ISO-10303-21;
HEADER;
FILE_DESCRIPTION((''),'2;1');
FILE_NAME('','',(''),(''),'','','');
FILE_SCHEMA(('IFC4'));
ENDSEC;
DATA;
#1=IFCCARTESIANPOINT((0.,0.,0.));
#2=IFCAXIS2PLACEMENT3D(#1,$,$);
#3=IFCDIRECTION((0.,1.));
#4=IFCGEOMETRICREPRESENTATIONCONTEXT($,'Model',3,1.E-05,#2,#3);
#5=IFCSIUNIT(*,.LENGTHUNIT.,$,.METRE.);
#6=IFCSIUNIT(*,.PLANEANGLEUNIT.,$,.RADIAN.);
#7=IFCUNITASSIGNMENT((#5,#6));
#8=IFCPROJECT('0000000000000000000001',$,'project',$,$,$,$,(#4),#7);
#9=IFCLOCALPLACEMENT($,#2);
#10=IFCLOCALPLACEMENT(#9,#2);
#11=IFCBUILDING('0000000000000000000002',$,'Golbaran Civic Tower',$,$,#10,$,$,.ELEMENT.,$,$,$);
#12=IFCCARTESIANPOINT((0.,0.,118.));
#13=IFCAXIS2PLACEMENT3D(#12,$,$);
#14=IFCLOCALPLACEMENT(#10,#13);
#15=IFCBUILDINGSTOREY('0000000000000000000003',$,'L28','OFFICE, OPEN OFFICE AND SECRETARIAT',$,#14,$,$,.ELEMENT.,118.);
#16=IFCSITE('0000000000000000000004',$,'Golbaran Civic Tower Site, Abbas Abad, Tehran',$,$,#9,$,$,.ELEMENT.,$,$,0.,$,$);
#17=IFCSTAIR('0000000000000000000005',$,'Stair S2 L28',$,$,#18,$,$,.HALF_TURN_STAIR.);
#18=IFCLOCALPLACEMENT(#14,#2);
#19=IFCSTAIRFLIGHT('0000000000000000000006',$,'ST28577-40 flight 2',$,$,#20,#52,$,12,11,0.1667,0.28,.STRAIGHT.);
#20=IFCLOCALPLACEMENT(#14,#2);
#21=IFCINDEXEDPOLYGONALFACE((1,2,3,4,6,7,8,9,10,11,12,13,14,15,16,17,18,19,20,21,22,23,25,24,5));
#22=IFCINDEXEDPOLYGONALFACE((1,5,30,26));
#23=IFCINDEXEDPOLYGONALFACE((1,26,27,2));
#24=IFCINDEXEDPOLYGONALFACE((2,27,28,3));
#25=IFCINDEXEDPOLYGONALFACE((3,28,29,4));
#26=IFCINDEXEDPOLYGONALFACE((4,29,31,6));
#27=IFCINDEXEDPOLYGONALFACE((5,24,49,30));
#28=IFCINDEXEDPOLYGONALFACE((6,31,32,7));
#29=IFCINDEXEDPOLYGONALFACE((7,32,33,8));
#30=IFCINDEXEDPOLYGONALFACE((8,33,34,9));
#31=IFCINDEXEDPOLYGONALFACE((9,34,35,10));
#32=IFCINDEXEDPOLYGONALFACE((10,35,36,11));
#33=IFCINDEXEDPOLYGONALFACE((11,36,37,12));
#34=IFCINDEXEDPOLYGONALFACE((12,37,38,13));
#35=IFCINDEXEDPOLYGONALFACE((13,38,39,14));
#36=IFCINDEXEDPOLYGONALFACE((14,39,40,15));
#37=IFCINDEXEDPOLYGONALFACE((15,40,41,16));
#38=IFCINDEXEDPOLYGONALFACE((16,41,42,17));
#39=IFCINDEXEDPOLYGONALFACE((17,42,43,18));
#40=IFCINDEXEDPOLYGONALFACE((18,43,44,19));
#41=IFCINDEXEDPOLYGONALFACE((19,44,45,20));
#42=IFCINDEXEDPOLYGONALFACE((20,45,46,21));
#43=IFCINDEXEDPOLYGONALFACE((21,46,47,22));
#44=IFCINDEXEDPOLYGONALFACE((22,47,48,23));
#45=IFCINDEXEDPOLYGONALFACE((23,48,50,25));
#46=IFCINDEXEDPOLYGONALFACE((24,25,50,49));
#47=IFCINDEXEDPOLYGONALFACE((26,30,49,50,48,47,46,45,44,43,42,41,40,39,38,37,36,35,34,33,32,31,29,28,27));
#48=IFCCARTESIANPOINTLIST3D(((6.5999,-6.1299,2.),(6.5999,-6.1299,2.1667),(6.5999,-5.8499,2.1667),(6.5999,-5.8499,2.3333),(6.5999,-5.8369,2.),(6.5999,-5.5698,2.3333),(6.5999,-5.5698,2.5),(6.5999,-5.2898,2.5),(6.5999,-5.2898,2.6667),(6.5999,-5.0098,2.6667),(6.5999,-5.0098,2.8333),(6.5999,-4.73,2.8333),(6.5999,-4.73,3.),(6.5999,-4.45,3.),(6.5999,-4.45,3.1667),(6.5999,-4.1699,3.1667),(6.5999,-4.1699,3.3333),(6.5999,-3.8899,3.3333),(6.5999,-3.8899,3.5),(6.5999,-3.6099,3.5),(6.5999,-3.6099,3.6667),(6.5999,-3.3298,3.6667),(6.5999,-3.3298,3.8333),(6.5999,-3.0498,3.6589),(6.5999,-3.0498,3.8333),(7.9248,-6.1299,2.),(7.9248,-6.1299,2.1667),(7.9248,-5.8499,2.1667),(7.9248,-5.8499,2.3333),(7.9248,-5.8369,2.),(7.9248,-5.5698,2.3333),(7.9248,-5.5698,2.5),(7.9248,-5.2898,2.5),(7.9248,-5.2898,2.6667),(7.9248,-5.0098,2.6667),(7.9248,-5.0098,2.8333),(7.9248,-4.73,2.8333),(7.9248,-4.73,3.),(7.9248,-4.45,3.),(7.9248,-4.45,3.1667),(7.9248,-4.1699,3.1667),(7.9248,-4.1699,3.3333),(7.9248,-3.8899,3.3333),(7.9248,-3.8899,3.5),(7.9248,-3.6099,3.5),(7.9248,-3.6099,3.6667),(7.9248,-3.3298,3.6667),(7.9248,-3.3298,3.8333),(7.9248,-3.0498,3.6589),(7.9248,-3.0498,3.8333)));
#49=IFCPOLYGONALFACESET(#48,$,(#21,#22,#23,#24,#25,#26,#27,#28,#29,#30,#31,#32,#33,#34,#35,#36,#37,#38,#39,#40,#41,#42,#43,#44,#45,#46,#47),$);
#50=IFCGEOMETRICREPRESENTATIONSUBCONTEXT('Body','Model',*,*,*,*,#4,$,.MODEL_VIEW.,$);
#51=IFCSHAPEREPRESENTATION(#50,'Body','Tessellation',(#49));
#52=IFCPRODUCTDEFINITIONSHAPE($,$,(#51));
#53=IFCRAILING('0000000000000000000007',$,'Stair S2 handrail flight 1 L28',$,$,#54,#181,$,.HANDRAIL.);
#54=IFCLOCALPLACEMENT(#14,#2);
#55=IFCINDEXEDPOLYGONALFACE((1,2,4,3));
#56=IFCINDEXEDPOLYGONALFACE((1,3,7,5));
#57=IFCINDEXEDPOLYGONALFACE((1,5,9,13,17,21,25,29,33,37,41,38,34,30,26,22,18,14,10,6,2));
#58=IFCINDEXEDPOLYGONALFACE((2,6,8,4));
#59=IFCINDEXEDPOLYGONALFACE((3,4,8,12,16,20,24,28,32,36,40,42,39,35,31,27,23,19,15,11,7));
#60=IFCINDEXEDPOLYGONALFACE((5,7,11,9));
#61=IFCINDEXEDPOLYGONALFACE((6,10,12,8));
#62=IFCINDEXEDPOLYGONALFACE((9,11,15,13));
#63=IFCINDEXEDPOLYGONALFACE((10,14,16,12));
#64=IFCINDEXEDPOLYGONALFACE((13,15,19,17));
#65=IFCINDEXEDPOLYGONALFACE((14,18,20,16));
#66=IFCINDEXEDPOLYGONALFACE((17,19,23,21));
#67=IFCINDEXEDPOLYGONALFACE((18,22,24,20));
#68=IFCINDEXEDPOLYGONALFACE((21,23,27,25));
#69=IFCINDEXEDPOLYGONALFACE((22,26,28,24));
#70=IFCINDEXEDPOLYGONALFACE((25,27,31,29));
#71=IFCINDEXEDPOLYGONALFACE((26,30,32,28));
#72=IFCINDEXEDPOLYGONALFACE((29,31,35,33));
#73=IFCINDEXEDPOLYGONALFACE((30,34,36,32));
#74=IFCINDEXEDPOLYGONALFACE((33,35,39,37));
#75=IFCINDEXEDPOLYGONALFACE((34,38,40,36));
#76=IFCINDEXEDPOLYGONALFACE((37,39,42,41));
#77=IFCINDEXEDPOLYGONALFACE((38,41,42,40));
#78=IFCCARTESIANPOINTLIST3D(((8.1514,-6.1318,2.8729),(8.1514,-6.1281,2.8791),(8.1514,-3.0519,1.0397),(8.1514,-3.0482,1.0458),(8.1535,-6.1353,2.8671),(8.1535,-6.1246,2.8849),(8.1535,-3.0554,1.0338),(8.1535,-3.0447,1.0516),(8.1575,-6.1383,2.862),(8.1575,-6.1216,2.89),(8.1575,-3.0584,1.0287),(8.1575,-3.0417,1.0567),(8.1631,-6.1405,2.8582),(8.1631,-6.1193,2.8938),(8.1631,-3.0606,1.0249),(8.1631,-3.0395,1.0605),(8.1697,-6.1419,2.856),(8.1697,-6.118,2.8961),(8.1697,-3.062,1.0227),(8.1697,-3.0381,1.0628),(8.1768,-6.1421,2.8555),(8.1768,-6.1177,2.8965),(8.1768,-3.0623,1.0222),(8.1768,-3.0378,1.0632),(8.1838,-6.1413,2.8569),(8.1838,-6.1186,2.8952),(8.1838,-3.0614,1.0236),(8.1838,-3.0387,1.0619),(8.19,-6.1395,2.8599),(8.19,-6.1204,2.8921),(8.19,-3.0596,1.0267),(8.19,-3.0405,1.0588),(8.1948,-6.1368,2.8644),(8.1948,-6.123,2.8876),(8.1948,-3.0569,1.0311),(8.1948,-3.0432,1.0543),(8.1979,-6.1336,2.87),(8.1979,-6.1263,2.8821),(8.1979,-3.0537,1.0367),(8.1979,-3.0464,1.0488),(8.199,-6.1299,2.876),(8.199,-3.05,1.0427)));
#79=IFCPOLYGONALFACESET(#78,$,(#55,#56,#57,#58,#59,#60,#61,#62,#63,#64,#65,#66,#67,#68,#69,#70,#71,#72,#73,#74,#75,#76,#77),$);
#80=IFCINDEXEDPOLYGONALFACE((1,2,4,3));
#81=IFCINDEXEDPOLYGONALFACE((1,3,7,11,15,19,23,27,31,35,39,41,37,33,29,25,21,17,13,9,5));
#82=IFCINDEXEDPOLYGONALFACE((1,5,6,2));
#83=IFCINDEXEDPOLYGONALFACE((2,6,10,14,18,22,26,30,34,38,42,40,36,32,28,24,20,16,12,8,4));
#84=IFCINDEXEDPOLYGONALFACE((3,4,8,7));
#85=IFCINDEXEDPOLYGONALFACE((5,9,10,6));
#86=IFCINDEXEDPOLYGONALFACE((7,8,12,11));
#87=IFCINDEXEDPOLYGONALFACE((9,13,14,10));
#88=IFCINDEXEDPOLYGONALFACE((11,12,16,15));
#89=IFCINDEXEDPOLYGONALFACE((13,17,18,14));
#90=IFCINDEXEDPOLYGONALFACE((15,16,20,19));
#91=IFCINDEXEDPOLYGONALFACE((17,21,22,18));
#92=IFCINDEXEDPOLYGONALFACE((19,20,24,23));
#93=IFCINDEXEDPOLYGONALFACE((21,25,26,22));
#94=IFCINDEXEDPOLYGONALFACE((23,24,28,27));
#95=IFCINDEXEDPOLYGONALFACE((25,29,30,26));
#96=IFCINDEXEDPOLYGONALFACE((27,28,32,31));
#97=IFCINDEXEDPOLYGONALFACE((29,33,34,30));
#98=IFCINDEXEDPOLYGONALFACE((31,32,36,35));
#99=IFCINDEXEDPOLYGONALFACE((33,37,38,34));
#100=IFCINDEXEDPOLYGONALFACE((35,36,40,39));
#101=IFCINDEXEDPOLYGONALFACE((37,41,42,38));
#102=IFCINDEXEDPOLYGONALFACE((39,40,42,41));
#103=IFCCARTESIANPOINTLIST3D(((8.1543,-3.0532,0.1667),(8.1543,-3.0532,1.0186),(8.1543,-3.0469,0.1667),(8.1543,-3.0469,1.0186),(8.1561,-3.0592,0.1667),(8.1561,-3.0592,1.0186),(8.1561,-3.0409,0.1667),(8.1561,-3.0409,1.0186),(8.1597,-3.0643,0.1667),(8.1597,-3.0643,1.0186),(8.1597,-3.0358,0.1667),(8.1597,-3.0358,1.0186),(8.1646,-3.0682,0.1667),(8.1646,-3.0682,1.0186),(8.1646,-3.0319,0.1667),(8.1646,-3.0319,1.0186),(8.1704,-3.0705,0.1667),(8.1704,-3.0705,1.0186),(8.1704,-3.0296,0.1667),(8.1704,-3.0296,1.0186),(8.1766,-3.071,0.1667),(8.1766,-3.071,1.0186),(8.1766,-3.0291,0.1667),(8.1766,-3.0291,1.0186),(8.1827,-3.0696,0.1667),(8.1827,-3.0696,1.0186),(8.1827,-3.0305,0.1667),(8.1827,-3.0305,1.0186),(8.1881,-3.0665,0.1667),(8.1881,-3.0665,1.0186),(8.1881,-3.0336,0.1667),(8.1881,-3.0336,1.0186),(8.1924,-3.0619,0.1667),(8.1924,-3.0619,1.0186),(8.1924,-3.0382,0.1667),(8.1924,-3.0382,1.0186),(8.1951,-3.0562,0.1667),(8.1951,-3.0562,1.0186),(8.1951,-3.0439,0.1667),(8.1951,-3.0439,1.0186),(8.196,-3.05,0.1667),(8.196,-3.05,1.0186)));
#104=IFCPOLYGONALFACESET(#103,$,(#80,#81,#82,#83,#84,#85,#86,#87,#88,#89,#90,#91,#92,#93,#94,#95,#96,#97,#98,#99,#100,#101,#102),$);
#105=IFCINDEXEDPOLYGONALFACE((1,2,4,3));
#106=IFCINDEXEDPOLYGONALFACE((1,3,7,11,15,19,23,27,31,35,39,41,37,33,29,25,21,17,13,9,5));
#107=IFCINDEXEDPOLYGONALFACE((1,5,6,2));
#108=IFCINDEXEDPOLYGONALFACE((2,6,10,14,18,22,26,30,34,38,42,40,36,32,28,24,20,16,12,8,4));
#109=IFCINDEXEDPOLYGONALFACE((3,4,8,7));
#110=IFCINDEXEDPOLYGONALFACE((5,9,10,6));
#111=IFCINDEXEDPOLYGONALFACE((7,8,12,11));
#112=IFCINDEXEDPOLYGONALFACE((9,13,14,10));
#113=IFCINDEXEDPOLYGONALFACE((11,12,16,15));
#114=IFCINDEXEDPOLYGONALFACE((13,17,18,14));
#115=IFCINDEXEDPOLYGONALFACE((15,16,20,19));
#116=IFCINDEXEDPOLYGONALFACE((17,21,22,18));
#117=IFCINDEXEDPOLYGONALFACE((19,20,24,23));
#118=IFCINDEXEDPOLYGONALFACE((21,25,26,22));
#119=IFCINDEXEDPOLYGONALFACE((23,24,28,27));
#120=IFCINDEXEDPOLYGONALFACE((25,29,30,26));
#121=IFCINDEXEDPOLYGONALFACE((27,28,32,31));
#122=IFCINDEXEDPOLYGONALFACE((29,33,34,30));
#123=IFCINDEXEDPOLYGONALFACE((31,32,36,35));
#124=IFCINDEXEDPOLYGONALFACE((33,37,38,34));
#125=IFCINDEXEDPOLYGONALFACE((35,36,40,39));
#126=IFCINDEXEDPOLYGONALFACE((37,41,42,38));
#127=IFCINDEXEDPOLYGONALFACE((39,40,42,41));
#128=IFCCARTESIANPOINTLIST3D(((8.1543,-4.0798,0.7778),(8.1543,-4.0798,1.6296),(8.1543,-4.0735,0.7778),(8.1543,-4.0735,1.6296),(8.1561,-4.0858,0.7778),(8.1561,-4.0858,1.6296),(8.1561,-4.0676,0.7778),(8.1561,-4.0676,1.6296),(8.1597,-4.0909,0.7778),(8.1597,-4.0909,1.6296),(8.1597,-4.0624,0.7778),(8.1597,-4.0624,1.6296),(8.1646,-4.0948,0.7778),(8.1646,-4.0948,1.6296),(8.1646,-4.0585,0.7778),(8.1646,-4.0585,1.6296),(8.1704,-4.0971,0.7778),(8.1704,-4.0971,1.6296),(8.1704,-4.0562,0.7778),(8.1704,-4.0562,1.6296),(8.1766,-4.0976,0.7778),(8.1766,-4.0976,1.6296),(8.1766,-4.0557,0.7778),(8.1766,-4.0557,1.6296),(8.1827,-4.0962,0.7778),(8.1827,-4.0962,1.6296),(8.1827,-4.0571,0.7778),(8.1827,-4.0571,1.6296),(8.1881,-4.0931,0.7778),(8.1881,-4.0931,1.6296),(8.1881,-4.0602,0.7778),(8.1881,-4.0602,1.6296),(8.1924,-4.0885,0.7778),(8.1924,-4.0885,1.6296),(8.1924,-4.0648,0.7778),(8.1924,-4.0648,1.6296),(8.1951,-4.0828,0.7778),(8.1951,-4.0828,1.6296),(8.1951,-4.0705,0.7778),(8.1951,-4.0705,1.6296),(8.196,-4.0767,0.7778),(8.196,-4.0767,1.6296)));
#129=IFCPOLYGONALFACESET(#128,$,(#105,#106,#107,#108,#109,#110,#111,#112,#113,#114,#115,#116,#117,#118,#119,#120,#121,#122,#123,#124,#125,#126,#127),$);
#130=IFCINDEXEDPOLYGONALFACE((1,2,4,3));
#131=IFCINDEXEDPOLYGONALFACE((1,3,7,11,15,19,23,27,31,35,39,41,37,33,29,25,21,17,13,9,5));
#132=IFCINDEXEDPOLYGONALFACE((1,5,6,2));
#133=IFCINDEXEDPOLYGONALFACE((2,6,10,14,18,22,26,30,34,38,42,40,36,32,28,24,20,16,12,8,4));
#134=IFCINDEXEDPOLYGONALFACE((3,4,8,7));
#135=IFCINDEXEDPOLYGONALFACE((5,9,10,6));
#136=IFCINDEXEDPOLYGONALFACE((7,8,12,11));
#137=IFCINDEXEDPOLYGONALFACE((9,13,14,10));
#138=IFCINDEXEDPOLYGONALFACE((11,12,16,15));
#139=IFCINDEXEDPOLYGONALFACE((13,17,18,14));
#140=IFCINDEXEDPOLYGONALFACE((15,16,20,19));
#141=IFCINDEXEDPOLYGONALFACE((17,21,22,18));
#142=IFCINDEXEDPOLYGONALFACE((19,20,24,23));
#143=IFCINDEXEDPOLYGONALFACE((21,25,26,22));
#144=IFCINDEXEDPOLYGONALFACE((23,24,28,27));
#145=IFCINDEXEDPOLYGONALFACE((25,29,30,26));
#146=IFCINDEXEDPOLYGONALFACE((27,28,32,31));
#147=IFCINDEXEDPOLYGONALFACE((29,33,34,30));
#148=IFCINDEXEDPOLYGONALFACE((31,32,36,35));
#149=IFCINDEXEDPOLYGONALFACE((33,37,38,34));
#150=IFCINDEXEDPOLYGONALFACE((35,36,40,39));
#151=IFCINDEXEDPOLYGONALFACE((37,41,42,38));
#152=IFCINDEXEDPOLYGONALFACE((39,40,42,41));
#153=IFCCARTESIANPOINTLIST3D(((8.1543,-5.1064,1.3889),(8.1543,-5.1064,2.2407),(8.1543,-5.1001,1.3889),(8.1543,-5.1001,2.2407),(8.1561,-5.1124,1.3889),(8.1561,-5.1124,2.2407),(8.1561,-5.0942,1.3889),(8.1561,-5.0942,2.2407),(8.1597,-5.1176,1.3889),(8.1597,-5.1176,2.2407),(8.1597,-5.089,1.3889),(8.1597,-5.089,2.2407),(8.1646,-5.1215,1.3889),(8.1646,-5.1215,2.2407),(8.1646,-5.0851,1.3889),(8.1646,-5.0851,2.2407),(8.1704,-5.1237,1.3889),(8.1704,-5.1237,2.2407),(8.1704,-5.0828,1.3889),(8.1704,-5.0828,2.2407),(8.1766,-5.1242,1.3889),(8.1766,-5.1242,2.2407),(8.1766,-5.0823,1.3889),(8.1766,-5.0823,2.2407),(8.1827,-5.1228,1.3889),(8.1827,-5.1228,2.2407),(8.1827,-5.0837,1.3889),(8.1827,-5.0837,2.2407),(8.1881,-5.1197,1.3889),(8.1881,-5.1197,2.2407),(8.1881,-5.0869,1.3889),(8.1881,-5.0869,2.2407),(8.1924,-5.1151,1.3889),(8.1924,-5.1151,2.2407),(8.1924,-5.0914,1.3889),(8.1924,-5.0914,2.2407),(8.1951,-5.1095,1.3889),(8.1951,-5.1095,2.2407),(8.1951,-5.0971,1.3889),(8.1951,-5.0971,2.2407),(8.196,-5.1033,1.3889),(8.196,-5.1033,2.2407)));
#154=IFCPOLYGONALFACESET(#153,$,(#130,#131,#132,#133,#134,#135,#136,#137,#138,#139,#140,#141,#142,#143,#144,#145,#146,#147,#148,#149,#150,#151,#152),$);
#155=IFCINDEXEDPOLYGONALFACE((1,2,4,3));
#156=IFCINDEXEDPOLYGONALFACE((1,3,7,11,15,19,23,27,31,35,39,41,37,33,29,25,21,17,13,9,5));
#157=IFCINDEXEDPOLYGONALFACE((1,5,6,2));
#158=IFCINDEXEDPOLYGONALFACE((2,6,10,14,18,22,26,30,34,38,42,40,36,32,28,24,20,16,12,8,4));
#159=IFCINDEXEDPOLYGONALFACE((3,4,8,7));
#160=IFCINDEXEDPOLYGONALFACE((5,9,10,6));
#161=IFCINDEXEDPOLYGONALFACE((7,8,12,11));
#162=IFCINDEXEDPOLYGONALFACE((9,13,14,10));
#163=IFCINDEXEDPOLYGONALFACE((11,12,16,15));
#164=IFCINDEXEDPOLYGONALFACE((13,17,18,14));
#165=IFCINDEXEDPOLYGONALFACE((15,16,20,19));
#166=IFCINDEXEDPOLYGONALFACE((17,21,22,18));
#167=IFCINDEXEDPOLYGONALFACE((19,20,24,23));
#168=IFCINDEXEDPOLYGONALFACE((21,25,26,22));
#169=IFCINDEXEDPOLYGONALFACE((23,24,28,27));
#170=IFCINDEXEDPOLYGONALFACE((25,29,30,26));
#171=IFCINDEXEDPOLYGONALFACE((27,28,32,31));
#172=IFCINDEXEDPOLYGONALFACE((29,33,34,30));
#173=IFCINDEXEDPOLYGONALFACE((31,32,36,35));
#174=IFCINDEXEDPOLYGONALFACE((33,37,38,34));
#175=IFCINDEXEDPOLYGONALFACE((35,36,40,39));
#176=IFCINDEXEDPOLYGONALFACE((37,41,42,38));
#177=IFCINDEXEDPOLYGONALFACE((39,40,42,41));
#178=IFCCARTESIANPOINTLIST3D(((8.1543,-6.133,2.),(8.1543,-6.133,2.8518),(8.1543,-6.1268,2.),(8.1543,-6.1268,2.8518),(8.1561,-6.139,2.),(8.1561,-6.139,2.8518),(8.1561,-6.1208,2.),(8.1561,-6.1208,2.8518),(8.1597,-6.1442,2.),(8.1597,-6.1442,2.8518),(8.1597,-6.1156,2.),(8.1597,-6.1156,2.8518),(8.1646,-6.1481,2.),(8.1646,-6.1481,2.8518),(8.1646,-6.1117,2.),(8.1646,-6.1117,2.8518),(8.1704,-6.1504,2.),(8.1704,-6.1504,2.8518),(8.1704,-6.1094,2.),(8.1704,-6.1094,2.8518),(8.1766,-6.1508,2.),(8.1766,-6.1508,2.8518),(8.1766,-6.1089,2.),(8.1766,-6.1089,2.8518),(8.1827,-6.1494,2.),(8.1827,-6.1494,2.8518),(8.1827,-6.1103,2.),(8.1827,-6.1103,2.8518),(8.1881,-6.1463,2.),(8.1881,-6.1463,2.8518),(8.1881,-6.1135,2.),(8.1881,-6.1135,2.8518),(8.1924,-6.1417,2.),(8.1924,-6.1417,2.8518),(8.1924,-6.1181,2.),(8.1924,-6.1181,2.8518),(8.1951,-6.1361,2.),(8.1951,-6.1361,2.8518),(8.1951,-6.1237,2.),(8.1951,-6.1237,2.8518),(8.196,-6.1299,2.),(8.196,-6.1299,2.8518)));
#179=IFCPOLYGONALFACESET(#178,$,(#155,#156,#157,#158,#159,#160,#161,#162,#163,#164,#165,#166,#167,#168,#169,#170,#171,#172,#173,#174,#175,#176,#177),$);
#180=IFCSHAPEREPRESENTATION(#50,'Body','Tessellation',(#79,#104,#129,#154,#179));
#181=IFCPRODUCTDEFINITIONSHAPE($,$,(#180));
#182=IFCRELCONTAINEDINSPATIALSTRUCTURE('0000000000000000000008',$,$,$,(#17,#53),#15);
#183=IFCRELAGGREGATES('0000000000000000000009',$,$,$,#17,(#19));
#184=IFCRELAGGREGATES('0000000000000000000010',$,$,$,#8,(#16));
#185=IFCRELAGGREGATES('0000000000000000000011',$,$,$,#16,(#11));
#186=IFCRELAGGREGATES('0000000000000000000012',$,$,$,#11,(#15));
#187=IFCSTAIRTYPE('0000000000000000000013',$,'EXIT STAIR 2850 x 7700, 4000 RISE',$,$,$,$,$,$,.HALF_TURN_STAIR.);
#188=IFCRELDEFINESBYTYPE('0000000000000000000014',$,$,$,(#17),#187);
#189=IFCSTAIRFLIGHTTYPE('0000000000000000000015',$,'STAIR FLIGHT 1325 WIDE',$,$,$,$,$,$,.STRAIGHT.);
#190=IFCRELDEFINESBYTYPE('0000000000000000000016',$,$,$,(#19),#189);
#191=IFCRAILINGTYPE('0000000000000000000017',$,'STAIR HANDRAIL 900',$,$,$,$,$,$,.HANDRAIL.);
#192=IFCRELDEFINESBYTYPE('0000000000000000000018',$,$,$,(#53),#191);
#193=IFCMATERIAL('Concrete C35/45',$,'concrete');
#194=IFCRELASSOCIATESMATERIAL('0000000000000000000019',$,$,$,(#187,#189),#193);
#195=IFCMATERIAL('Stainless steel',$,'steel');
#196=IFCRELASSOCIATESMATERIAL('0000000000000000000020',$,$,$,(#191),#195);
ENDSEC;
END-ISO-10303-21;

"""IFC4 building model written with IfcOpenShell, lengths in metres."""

from ifc_helpers import new_model, si_unit, direction, frame, origin, origin_2d, place, context, subcontext, project, spatial, polyline, circle, outline, extrude, material, type_object, element, aggregate, save


model = new_model("IFC4")

# Units and contexts
model_context = context("Model", 3, precision=1e-05, world=origin(), true_north=direction((0.0, 1.0)))
body_context = subcontext(model_context, "Body", "Model", "MODEL_VIEW")
ifc_project = project(units=[si_unit("LENGTHUNIT", "METRE"), si_unit("PLANEANGLEUNIT", "RADIAN")], contexts=[model_context])

# Site, building, storey
site_placement = place(None, origin())
site = spatial("IfcSite", under=ifc_project, at=site_placement, Name="Golbaran Civic Tower Site, Abbas Abad, Tehran", CompositionType="ELEMENT", RefElevation=0.0)
building_placement = place(site_placement, origin())
building = spatial("IfcBuilding", under=site, at=building_placement, Name="Golbaran Civic Tower", CompositionType="ELEMENT")
storey_placement = place(building_placement, frame((0.0, 0.0, 118.0)))
storey = spatial("IfcBuildingStorey", under=building, at=storey_placement, Name="L28", Description="OFFICE, OPEN OFFICE AND SECRETARIAT", CompositionType="ELEMENT", Elevation=118.0)

# Shared definitions
ifc_material_1 = material(Name="Concrete C35/45", Category="concrete")

# Shared definitions
stair_type = type_object("IfcStairType", Name="EXIT STAIR 2850 x 7700, 4000 RISE", PredefinedType="HALF_TURN_STAIR", material=ifc_material_1)

# Stair
stair_1_placement = place(storey_placement, origin())
stair_1 = element("IfcStair", 1, at=stair_1_placement, inside=storey, type_object=stair_type, Name="Stair S2 L28", PredefinedType="HALF_TURN_STAIR")

# Shared definitions
ifc_material_2 = material(Name="Stainless steel", Category="steel")

# Stair flight
stair_flight_type = type_object("IfcStairFlightType", Name="STAIR FLIGHT 1325 WIDE", PredefinedType="STRAIGHT", material=ifc_material_1)
stair_flight_1_placement = place(storey_placement, frame((7.2625, -6.1299, 2.0), z_axis=(0.0, 0.0, 1.0), x_axis=(0.0, 1.0, 0.0)))
stair_flight_1 = element("IfcStairFlight", 2, at=stair_flight_1_placement, type_object=stair_flight_type, Name="ST28577-40 flight 2", NumberOfRisers=12, NumberOfTreads=11, PredefinedType="STRAIGHT", RiserHeight=0.1667, TreadLength=0.28, context=body_context, shape_type="SweptSolid", body=[
    extrude(outline(polyline([(0.0, 0.0), (0.0, 0.1667), (0.28, 0.1667), (0.28, 0.3333), (0.5601, 0.3333), (0.5601, 0.5), (0.8401, 0.5), (0.8401, 0.6667), (1.1201, 0.6667), (1.1201, 0.8333), (1.3999, 0.8333), (1.3999, 1.0), (1.6799, 1.0), (1.6799, 1.1667), (1.96, 1.1667), (1.96, 1.3333), (2.24, 1.3333), (2.24, 1.5), (2.52, 1.5), (2.52, 1.6667), (2.8, 1.6667), (2.8, 1.8333), (3.0801, 1.8333), (3.0801, 2.0), (3.0801, 1.6589), (0.293, 0.0), (0.0, 0.0)])), frame((0.0, 0.6626, 0.0), z_axis=(0.0, -1.0, 0.0), x_axis=(1.0, 0.0, 0.0)), (0.0, 0.0, 1.0), 1.325),
])
aggregate(stair_1, [stair_flight_1])

# Railing
railing_type = type_object("IfcRailingType", Name="STAIR HANDRAIL 900", PredefinedType="HANDRAIL", material=ifc_material_2)
railing_1_placement = place(storey_placement, frame((8.175, -3.05, 0.1667)))
element("IfcRailing", 3, at=railing_1_placement, inside=storey, type_object=railing_type, Name="Stair S2 handrail flight 1 L28", PredefinedType="HANDRAIL", context=body_context, shape_type="SweptSolid", body=[
    extrude(circle(Radius=0.0239, at=origin_2d()), frame((0.0, 0.0, 0.876), z_axis=(0.0, -0.859291, 0.511487), x_axis=(1.0, 0.0, 0.0)), (0.0, 0.0, 1.0), 3.5842),
    extrude(circle(Radius=0.021, at=origin_2d()), origin(), (0.0, 0.0, 1.0), 0.8518),
    extrude(circle(Radius=0.021, at=origin_2d()), frame((0.0, -1.0266, 0.6111)), (0.0, 0.0, 1.0), 0.8518),
    extrude(circle(Radius=0.021, at=origin_2d()), frame((0.0, -2.0532, 1.2222)), (0.0, 0.0, 1.0), 0.8518),
    extrude(circle(Radius=0.021, at=origin_2d()), frame((0.0, -3.0798, 1.8333)), (0.0, 0.0, 1.0), 0.8518),
])

save(model, "model.ifc")
